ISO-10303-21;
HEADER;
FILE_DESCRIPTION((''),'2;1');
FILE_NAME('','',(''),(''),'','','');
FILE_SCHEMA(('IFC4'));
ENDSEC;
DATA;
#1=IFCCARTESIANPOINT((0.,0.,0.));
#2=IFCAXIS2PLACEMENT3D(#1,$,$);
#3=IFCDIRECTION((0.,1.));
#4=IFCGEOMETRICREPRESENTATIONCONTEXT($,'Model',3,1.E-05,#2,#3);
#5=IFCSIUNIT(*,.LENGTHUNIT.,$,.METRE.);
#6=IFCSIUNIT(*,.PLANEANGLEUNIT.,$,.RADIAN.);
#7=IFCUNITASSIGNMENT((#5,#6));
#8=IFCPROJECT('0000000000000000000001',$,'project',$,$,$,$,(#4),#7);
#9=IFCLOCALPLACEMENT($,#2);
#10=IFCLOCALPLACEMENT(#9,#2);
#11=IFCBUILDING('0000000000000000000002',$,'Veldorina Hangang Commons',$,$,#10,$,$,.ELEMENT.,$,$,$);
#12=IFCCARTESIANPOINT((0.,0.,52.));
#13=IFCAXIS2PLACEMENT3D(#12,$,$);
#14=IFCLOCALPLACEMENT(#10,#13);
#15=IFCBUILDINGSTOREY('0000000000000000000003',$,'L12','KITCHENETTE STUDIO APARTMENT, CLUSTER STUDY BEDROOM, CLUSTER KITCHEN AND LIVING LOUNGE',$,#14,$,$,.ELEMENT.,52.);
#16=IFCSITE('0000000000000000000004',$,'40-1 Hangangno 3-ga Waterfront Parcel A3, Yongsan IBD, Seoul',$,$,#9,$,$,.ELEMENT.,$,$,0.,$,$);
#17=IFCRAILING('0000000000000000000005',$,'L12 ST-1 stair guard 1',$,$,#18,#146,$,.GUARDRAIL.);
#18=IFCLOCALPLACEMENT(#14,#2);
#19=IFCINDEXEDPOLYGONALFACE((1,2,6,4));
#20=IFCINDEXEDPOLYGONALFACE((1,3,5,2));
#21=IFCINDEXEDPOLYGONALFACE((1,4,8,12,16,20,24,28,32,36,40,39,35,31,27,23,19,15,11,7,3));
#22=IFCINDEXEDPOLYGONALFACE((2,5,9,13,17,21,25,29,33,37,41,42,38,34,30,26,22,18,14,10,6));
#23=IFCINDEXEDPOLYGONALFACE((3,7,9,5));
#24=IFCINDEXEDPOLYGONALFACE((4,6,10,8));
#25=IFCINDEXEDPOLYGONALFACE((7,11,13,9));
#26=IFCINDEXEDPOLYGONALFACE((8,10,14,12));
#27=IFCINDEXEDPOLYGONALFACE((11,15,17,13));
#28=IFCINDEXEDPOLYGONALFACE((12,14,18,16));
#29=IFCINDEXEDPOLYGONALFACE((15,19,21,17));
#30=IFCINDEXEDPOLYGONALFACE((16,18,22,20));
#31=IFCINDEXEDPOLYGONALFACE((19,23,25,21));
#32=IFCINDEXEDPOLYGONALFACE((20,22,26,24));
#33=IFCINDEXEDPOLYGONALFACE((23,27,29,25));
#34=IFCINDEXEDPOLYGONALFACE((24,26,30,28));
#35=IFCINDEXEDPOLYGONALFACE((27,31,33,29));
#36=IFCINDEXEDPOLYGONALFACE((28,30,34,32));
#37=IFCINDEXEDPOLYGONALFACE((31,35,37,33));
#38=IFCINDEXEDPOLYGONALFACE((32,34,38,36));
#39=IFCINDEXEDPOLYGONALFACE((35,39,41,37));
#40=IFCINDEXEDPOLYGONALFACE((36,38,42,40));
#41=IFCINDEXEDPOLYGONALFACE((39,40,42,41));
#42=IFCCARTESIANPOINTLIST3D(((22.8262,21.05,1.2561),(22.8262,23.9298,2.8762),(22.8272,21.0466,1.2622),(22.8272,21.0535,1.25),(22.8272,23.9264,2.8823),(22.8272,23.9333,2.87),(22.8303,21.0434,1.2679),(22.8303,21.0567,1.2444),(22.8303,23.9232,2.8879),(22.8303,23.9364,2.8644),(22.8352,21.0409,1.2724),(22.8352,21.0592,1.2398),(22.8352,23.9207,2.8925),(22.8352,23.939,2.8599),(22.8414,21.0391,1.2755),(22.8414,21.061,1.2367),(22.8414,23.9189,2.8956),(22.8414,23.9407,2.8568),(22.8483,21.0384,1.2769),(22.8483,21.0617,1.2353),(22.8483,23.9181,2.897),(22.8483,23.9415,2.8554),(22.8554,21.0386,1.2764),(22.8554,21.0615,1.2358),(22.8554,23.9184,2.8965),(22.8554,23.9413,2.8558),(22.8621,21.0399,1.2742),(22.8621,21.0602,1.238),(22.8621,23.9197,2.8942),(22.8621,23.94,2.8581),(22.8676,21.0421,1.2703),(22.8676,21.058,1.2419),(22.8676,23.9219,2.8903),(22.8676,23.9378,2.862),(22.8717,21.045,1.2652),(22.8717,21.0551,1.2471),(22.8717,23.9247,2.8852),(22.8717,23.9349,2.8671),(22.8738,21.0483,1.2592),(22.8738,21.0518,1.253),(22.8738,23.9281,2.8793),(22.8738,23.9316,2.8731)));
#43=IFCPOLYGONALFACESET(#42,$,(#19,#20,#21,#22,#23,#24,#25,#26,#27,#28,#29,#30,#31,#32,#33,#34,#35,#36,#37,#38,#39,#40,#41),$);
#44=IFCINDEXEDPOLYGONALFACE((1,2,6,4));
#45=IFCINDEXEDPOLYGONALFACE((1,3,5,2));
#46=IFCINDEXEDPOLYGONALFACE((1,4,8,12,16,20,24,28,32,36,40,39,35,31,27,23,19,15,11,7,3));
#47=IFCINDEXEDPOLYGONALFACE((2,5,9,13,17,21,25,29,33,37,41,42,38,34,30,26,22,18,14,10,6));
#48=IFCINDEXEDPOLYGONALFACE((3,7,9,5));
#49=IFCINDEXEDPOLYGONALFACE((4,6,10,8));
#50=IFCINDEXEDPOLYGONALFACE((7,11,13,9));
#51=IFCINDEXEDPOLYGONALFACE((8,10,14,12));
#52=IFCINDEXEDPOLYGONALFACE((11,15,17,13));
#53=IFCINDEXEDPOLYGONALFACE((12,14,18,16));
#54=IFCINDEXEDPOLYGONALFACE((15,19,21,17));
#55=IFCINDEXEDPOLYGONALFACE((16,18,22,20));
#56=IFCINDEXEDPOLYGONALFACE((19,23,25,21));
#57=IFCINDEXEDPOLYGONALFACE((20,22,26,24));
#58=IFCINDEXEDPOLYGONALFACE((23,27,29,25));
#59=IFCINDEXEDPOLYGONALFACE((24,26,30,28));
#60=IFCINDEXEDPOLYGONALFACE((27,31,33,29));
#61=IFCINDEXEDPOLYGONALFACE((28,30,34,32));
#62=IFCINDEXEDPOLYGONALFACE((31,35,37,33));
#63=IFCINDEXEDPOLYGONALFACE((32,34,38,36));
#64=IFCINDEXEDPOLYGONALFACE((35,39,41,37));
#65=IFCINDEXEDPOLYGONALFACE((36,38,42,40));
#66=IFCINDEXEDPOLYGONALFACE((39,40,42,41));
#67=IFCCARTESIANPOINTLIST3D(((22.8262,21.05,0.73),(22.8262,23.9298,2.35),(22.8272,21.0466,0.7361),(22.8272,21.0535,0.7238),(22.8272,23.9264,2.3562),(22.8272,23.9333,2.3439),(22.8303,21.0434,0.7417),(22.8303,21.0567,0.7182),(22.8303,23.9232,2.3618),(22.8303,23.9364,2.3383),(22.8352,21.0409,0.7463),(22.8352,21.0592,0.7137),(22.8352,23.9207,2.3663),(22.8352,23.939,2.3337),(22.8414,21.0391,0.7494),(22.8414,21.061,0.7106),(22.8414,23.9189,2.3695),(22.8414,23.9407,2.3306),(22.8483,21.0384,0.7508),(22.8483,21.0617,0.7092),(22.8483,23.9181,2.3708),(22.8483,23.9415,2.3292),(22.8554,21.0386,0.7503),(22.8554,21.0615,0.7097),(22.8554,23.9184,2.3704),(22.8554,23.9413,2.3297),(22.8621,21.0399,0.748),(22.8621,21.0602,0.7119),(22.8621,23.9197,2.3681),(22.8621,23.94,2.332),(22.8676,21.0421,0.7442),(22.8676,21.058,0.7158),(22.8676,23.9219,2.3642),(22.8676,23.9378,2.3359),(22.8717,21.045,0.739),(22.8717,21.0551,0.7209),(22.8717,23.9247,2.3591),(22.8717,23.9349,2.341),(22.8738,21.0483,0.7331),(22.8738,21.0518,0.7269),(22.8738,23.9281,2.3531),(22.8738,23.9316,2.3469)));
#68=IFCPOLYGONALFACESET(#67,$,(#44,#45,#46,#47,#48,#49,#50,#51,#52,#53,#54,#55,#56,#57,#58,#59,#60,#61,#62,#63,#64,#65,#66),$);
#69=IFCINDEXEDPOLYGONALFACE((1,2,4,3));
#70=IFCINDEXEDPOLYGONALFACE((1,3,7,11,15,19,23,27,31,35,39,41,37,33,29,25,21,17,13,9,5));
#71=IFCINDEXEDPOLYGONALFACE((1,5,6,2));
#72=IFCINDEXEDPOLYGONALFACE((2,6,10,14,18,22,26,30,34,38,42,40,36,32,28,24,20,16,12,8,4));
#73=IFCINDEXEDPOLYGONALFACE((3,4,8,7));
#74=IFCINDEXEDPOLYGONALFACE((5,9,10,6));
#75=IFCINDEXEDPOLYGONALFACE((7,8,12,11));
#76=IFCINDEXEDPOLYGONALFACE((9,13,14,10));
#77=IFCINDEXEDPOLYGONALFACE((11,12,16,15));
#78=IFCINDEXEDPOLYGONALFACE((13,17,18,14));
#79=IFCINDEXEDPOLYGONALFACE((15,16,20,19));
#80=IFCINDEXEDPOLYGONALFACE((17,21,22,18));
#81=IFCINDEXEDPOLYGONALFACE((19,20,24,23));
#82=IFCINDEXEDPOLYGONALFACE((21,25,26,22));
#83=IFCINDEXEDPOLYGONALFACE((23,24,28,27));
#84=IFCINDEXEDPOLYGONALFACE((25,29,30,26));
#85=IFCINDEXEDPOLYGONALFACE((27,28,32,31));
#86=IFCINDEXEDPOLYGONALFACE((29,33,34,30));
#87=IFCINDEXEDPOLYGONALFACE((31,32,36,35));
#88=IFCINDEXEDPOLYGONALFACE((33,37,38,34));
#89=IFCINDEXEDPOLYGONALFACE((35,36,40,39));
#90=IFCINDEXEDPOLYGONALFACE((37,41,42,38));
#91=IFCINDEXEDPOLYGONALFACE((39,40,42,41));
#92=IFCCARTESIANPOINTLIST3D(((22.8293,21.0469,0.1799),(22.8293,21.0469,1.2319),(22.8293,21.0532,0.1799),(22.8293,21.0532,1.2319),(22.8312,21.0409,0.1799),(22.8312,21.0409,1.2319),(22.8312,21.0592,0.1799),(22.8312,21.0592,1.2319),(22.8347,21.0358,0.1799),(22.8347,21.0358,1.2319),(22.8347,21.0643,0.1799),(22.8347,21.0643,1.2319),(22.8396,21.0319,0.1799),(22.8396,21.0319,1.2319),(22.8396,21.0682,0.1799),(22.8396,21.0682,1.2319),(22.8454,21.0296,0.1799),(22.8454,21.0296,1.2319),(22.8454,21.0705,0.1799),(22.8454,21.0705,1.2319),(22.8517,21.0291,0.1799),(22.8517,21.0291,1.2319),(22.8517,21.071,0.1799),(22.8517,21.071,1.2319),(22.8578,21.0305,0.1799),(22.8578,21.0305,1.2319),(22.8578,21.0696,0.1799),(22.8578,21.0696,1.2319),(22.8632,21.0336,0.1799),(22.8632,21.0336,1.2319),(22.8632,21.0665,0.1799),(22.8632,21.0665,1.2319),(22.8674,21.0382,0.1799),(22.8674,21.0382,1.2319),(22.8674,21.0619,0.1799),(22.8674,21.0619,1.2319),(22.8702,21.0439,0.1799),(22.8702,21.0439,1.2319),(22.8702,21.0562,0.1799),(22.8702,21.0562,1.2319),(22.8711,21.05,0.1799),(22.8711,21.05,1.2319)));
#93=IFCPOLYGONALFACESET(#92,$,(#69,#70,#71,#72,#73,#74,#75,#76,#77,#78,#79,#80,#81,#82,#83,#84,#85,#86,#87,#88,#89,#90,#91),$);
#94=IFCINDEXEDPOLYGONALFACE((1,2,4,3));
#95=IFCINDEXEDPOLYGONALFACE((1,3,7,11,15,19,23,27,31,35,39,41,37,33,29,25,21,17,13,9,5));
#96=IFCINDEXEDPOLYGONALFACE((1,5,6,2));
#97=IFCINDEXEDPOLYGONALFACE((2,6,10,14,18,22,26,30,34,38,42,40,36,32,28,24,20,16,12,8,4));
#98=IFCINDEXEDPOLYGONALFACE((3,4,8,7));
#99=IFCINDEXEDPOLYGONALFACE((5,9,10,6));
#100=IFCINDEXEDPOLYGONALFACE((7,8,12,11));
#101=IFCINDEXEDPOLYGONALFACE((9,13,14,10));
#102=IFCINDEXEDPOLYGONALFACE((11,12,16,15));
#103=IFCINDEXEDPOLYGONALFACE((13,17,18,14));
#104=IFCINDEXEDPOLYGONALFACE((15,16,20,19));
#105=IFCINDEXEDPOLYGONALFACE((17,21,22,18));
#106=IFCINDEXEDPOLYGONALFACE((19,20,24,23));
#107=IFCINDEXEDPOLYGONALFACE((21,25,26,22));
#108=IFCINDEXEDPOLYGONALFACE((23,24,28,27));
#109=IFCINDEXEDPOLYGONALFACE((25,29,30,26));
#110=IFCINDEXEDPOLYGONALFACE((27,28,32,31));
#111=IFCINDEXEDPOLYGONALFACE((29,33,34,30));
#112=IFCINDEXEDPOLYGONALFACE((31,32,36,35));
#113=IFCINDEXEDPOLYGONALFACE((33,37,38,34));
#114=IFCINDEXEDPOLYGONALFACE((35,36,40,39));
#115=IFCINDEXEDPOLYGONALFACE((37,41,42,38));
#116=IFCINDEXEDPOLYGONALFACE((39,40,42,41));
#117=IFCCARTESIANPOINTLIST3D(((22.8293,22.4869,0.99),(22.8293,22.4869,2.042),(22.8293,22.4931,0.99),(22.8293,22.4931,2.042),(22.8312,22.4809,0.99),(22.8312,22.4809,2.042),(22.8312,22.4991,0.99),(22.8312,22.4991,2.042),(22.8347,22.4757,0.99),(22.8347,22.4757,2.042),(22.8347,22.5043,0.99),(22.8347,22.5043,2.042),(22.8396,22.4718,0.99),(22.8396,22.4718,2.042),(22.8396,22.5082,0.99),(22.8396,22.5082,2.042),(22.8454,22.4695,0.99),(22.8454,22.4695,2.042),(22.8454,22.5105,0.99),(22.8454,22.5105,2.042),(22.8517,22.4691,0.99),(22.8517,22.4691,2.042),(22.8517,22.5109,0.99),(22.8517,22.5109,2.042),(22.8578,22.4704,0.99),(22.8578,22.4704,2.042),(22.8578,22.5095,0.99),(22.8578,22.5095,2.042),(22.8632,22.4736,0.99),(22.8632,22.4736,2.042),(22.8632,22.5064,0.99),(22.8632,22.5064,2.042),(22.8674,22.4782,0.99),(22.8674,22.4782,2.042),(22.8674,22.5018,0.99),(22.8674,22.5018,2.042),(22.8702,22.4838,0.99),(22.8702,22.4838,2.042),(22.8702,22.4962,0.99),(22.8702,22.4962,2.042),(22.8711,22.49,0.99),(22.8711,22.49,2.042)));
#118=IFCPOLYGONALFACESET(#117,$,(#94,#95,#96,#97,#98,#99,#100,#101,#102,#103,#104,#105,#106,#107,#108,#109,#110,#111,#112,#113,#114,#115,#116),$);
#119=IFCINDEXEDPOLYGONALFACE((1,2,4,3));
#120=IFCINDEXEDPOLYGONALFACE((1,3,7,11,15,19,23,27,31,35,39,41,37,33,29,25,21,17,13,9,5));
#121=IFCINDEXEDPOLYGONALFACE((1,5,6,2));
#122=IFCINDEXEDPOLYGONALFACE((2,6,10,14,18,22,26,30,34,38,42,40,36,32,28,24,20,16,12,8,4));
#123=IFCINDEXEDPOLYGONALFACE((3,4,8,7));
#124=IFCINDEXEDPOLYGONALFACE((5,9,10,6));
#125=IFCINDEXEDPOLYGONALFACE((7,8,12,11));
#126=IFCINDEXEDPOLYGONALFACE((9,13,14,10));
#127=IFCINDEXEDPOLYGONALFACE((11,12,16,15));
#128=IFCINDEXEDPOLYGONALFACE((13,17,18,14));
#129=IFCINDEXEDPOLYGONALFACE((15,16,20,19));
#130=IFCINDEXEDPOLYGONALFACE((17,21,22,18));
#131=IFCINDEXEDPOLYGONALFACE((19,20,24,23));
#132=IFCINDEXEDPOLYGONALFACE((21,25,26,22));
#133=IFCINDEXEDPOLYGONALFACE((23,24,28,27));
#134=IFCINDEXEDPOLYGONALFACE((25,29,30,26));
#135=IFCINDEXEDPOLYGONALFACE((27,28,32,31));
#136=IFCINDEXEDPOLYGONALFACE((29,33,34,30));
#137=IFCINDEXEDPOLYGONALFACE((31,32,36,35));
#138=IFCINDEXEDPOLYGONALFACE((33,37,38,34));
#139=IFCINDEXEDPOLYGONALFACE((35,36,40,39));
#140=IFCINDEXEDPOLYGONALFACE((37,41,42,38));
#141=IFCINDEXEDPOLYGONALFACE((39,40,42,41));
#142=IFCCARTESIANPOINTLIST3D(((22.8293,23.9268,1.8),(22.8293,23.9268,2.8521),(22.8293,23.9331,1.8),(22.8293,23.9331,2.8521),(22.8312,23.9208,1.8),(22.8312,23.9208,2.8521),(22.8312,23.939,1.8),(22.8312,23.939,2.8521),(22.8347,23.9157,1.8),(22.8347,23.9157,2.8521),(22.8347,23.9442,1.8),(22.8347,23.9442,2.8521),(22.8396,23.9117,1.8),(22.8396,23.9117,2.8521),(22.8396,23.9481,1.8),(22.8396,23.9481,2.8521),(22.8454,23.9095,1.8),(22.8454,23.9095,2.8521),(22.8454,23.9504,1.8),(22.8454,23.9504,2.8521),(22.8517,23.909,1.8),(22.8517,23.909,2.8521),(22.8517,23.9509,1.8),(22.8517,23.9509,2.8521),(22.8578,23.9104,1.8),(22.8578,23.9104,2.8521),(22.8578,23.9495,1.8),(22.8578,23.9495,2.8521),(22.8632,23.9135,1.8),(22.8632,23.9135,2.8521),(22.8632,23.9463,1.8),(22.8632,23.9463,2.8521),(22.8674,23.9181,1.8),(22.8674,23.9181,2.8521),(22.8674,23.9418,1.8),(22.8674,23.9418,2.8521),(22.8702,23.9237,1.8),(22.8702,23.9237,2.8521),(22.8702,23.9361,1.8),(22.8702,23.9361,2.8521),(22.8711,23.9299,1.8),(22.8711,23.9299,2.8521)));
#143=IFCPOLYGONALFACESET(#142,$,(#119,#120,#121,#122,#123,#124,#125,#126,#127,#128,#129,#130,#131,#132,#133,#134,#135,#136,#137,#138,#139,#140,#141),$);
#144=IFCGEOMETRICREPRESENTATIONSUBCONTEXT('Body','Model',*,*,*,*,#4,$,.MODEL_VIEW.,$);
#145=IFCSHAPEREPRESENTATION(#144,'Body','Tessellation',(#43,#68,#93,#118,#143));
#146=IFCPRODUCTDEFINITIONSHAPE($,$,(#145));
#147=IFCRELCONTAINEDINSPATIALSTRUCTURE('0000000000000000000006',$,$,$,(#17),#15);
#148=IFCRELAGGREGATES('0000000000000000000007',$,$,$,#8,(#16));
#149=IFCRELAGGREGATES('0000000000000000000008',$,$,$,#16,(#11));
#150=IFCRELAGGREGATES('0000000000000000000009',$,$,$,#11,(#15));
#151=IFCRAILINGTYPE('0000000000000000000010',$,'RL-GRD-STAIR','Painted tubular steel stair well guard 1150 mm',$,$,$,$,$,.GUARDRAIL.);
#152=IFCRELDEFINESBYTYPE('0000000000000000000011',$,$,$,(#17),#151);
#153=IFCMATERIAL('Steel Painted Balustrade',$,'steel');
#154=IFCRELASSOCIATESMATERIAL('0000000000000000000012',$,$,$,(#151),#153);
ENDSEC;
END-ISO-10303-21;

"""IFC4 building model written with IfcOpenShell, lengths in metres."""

from ifc_helpers import new_model, si_unit, direction, frame, origin, origin_2d, place, context, subcontext, project, spatial, circle, extrude, material, type_object, element, save


model = new_model("IFC4")

# Units and contexts
model_context = context("Model", 3, precision=1e-05, world=origin(), true_north=direction((0.0, 1.0)))
body_context = subcontext(model_context, "Body", "Model", "MODEL_VIEW")
ifc_project = project(units=[si_unit("LENGTHUNIT", "METRE"), si_unit("PLANEANGLEUNIT", "RADIAN")], contexts=[model_context])

# Site, building, storey
site_placement = place(None, origin())
site = spatial("IfcSite", under=ifc_project, at=site_placement, Name="40-1 Hangangno 3-ga Waterfront Parcel A3, Yongsan IBD, Seoul", CompositionType="ELEMENT", RefElevation=0.0)
building_placement = place(site_placement, origin())
building = spatial("IfcBuilding", under=site, at=building_placement, Name="Veldorina Hangang Commons", CompositionType="ELEMENT")
storey_placement = place(building_placement, frame((0.0, 0.0, 52.0)))
storey = spatial("IfcBuildingStorey", under=building, at=storey_placement, Name="L12", Description="KITCHENETTE STUDIO APARTMENT, CLUSTER STUDY BEDROOM, CLUSTER KITCHEN AND LIVING LOUNGE", CompositionType="ELEMENT", Elevation=52.0)

# Railing
ifc_material_1 = material(Name="Steel Painted Balustrade", Category="steel")
railing_type_1 = type_object("IfcRailingType", Name="RL-GRD-STAIR", Description="Painted tubular steel stair well guard 1150 mm", PredefinedType="GUARDRAIL", material=ifc_material_1)
railing_1_placement = place(storey_placement, frame((22.8501, 21.05, 0.1799)))
element("IfcRailing", 1, at=railing_1_placement, inside=storey, type_object=railing_type_1, Name="L12 ST-1 stair guard 1", PredefinedType="GUARDRAIL", context=body_context, shape_type="SweptSolid", body=[
    extrude(circle(Radius=0.0239, at=origin_2d()), frame((0.0, 0.0, 1.0762), z_axis=(0.0, 0.871552, 0.490303), x_axis=(-1.0, 0.0, 0.0)), (0.0, 0.0, 1.0), 3.3042),
    extrude(circle(Radius=0.0239, at=origin_2d()), frame((0.0, 0.0, 0.55), z_axis=(0.0, 0.871552, 0.490303), x_axis=(-1.0, 0.0, 0.0)), (0.0, 0.0, 1.0), 3.3042),
    extrude(circle(Radius=0.021, at=origin_2d()), origin(), (0.0, 0.0, 1.0), 1.052),
    extrude(circle(Radius=0.021, at=origin_2d()), frame((0.0, 1.4399, 0.8101)), (0.0, 0.0, 1.0), 1.052),
    extrude(circle(Radius=0.021, at=origin_2d()), frame((0.0, 2.8799, 1.6201)), (0.0, 0.0, 1.0), 1.052),
])

save(model, "model.ifc")
